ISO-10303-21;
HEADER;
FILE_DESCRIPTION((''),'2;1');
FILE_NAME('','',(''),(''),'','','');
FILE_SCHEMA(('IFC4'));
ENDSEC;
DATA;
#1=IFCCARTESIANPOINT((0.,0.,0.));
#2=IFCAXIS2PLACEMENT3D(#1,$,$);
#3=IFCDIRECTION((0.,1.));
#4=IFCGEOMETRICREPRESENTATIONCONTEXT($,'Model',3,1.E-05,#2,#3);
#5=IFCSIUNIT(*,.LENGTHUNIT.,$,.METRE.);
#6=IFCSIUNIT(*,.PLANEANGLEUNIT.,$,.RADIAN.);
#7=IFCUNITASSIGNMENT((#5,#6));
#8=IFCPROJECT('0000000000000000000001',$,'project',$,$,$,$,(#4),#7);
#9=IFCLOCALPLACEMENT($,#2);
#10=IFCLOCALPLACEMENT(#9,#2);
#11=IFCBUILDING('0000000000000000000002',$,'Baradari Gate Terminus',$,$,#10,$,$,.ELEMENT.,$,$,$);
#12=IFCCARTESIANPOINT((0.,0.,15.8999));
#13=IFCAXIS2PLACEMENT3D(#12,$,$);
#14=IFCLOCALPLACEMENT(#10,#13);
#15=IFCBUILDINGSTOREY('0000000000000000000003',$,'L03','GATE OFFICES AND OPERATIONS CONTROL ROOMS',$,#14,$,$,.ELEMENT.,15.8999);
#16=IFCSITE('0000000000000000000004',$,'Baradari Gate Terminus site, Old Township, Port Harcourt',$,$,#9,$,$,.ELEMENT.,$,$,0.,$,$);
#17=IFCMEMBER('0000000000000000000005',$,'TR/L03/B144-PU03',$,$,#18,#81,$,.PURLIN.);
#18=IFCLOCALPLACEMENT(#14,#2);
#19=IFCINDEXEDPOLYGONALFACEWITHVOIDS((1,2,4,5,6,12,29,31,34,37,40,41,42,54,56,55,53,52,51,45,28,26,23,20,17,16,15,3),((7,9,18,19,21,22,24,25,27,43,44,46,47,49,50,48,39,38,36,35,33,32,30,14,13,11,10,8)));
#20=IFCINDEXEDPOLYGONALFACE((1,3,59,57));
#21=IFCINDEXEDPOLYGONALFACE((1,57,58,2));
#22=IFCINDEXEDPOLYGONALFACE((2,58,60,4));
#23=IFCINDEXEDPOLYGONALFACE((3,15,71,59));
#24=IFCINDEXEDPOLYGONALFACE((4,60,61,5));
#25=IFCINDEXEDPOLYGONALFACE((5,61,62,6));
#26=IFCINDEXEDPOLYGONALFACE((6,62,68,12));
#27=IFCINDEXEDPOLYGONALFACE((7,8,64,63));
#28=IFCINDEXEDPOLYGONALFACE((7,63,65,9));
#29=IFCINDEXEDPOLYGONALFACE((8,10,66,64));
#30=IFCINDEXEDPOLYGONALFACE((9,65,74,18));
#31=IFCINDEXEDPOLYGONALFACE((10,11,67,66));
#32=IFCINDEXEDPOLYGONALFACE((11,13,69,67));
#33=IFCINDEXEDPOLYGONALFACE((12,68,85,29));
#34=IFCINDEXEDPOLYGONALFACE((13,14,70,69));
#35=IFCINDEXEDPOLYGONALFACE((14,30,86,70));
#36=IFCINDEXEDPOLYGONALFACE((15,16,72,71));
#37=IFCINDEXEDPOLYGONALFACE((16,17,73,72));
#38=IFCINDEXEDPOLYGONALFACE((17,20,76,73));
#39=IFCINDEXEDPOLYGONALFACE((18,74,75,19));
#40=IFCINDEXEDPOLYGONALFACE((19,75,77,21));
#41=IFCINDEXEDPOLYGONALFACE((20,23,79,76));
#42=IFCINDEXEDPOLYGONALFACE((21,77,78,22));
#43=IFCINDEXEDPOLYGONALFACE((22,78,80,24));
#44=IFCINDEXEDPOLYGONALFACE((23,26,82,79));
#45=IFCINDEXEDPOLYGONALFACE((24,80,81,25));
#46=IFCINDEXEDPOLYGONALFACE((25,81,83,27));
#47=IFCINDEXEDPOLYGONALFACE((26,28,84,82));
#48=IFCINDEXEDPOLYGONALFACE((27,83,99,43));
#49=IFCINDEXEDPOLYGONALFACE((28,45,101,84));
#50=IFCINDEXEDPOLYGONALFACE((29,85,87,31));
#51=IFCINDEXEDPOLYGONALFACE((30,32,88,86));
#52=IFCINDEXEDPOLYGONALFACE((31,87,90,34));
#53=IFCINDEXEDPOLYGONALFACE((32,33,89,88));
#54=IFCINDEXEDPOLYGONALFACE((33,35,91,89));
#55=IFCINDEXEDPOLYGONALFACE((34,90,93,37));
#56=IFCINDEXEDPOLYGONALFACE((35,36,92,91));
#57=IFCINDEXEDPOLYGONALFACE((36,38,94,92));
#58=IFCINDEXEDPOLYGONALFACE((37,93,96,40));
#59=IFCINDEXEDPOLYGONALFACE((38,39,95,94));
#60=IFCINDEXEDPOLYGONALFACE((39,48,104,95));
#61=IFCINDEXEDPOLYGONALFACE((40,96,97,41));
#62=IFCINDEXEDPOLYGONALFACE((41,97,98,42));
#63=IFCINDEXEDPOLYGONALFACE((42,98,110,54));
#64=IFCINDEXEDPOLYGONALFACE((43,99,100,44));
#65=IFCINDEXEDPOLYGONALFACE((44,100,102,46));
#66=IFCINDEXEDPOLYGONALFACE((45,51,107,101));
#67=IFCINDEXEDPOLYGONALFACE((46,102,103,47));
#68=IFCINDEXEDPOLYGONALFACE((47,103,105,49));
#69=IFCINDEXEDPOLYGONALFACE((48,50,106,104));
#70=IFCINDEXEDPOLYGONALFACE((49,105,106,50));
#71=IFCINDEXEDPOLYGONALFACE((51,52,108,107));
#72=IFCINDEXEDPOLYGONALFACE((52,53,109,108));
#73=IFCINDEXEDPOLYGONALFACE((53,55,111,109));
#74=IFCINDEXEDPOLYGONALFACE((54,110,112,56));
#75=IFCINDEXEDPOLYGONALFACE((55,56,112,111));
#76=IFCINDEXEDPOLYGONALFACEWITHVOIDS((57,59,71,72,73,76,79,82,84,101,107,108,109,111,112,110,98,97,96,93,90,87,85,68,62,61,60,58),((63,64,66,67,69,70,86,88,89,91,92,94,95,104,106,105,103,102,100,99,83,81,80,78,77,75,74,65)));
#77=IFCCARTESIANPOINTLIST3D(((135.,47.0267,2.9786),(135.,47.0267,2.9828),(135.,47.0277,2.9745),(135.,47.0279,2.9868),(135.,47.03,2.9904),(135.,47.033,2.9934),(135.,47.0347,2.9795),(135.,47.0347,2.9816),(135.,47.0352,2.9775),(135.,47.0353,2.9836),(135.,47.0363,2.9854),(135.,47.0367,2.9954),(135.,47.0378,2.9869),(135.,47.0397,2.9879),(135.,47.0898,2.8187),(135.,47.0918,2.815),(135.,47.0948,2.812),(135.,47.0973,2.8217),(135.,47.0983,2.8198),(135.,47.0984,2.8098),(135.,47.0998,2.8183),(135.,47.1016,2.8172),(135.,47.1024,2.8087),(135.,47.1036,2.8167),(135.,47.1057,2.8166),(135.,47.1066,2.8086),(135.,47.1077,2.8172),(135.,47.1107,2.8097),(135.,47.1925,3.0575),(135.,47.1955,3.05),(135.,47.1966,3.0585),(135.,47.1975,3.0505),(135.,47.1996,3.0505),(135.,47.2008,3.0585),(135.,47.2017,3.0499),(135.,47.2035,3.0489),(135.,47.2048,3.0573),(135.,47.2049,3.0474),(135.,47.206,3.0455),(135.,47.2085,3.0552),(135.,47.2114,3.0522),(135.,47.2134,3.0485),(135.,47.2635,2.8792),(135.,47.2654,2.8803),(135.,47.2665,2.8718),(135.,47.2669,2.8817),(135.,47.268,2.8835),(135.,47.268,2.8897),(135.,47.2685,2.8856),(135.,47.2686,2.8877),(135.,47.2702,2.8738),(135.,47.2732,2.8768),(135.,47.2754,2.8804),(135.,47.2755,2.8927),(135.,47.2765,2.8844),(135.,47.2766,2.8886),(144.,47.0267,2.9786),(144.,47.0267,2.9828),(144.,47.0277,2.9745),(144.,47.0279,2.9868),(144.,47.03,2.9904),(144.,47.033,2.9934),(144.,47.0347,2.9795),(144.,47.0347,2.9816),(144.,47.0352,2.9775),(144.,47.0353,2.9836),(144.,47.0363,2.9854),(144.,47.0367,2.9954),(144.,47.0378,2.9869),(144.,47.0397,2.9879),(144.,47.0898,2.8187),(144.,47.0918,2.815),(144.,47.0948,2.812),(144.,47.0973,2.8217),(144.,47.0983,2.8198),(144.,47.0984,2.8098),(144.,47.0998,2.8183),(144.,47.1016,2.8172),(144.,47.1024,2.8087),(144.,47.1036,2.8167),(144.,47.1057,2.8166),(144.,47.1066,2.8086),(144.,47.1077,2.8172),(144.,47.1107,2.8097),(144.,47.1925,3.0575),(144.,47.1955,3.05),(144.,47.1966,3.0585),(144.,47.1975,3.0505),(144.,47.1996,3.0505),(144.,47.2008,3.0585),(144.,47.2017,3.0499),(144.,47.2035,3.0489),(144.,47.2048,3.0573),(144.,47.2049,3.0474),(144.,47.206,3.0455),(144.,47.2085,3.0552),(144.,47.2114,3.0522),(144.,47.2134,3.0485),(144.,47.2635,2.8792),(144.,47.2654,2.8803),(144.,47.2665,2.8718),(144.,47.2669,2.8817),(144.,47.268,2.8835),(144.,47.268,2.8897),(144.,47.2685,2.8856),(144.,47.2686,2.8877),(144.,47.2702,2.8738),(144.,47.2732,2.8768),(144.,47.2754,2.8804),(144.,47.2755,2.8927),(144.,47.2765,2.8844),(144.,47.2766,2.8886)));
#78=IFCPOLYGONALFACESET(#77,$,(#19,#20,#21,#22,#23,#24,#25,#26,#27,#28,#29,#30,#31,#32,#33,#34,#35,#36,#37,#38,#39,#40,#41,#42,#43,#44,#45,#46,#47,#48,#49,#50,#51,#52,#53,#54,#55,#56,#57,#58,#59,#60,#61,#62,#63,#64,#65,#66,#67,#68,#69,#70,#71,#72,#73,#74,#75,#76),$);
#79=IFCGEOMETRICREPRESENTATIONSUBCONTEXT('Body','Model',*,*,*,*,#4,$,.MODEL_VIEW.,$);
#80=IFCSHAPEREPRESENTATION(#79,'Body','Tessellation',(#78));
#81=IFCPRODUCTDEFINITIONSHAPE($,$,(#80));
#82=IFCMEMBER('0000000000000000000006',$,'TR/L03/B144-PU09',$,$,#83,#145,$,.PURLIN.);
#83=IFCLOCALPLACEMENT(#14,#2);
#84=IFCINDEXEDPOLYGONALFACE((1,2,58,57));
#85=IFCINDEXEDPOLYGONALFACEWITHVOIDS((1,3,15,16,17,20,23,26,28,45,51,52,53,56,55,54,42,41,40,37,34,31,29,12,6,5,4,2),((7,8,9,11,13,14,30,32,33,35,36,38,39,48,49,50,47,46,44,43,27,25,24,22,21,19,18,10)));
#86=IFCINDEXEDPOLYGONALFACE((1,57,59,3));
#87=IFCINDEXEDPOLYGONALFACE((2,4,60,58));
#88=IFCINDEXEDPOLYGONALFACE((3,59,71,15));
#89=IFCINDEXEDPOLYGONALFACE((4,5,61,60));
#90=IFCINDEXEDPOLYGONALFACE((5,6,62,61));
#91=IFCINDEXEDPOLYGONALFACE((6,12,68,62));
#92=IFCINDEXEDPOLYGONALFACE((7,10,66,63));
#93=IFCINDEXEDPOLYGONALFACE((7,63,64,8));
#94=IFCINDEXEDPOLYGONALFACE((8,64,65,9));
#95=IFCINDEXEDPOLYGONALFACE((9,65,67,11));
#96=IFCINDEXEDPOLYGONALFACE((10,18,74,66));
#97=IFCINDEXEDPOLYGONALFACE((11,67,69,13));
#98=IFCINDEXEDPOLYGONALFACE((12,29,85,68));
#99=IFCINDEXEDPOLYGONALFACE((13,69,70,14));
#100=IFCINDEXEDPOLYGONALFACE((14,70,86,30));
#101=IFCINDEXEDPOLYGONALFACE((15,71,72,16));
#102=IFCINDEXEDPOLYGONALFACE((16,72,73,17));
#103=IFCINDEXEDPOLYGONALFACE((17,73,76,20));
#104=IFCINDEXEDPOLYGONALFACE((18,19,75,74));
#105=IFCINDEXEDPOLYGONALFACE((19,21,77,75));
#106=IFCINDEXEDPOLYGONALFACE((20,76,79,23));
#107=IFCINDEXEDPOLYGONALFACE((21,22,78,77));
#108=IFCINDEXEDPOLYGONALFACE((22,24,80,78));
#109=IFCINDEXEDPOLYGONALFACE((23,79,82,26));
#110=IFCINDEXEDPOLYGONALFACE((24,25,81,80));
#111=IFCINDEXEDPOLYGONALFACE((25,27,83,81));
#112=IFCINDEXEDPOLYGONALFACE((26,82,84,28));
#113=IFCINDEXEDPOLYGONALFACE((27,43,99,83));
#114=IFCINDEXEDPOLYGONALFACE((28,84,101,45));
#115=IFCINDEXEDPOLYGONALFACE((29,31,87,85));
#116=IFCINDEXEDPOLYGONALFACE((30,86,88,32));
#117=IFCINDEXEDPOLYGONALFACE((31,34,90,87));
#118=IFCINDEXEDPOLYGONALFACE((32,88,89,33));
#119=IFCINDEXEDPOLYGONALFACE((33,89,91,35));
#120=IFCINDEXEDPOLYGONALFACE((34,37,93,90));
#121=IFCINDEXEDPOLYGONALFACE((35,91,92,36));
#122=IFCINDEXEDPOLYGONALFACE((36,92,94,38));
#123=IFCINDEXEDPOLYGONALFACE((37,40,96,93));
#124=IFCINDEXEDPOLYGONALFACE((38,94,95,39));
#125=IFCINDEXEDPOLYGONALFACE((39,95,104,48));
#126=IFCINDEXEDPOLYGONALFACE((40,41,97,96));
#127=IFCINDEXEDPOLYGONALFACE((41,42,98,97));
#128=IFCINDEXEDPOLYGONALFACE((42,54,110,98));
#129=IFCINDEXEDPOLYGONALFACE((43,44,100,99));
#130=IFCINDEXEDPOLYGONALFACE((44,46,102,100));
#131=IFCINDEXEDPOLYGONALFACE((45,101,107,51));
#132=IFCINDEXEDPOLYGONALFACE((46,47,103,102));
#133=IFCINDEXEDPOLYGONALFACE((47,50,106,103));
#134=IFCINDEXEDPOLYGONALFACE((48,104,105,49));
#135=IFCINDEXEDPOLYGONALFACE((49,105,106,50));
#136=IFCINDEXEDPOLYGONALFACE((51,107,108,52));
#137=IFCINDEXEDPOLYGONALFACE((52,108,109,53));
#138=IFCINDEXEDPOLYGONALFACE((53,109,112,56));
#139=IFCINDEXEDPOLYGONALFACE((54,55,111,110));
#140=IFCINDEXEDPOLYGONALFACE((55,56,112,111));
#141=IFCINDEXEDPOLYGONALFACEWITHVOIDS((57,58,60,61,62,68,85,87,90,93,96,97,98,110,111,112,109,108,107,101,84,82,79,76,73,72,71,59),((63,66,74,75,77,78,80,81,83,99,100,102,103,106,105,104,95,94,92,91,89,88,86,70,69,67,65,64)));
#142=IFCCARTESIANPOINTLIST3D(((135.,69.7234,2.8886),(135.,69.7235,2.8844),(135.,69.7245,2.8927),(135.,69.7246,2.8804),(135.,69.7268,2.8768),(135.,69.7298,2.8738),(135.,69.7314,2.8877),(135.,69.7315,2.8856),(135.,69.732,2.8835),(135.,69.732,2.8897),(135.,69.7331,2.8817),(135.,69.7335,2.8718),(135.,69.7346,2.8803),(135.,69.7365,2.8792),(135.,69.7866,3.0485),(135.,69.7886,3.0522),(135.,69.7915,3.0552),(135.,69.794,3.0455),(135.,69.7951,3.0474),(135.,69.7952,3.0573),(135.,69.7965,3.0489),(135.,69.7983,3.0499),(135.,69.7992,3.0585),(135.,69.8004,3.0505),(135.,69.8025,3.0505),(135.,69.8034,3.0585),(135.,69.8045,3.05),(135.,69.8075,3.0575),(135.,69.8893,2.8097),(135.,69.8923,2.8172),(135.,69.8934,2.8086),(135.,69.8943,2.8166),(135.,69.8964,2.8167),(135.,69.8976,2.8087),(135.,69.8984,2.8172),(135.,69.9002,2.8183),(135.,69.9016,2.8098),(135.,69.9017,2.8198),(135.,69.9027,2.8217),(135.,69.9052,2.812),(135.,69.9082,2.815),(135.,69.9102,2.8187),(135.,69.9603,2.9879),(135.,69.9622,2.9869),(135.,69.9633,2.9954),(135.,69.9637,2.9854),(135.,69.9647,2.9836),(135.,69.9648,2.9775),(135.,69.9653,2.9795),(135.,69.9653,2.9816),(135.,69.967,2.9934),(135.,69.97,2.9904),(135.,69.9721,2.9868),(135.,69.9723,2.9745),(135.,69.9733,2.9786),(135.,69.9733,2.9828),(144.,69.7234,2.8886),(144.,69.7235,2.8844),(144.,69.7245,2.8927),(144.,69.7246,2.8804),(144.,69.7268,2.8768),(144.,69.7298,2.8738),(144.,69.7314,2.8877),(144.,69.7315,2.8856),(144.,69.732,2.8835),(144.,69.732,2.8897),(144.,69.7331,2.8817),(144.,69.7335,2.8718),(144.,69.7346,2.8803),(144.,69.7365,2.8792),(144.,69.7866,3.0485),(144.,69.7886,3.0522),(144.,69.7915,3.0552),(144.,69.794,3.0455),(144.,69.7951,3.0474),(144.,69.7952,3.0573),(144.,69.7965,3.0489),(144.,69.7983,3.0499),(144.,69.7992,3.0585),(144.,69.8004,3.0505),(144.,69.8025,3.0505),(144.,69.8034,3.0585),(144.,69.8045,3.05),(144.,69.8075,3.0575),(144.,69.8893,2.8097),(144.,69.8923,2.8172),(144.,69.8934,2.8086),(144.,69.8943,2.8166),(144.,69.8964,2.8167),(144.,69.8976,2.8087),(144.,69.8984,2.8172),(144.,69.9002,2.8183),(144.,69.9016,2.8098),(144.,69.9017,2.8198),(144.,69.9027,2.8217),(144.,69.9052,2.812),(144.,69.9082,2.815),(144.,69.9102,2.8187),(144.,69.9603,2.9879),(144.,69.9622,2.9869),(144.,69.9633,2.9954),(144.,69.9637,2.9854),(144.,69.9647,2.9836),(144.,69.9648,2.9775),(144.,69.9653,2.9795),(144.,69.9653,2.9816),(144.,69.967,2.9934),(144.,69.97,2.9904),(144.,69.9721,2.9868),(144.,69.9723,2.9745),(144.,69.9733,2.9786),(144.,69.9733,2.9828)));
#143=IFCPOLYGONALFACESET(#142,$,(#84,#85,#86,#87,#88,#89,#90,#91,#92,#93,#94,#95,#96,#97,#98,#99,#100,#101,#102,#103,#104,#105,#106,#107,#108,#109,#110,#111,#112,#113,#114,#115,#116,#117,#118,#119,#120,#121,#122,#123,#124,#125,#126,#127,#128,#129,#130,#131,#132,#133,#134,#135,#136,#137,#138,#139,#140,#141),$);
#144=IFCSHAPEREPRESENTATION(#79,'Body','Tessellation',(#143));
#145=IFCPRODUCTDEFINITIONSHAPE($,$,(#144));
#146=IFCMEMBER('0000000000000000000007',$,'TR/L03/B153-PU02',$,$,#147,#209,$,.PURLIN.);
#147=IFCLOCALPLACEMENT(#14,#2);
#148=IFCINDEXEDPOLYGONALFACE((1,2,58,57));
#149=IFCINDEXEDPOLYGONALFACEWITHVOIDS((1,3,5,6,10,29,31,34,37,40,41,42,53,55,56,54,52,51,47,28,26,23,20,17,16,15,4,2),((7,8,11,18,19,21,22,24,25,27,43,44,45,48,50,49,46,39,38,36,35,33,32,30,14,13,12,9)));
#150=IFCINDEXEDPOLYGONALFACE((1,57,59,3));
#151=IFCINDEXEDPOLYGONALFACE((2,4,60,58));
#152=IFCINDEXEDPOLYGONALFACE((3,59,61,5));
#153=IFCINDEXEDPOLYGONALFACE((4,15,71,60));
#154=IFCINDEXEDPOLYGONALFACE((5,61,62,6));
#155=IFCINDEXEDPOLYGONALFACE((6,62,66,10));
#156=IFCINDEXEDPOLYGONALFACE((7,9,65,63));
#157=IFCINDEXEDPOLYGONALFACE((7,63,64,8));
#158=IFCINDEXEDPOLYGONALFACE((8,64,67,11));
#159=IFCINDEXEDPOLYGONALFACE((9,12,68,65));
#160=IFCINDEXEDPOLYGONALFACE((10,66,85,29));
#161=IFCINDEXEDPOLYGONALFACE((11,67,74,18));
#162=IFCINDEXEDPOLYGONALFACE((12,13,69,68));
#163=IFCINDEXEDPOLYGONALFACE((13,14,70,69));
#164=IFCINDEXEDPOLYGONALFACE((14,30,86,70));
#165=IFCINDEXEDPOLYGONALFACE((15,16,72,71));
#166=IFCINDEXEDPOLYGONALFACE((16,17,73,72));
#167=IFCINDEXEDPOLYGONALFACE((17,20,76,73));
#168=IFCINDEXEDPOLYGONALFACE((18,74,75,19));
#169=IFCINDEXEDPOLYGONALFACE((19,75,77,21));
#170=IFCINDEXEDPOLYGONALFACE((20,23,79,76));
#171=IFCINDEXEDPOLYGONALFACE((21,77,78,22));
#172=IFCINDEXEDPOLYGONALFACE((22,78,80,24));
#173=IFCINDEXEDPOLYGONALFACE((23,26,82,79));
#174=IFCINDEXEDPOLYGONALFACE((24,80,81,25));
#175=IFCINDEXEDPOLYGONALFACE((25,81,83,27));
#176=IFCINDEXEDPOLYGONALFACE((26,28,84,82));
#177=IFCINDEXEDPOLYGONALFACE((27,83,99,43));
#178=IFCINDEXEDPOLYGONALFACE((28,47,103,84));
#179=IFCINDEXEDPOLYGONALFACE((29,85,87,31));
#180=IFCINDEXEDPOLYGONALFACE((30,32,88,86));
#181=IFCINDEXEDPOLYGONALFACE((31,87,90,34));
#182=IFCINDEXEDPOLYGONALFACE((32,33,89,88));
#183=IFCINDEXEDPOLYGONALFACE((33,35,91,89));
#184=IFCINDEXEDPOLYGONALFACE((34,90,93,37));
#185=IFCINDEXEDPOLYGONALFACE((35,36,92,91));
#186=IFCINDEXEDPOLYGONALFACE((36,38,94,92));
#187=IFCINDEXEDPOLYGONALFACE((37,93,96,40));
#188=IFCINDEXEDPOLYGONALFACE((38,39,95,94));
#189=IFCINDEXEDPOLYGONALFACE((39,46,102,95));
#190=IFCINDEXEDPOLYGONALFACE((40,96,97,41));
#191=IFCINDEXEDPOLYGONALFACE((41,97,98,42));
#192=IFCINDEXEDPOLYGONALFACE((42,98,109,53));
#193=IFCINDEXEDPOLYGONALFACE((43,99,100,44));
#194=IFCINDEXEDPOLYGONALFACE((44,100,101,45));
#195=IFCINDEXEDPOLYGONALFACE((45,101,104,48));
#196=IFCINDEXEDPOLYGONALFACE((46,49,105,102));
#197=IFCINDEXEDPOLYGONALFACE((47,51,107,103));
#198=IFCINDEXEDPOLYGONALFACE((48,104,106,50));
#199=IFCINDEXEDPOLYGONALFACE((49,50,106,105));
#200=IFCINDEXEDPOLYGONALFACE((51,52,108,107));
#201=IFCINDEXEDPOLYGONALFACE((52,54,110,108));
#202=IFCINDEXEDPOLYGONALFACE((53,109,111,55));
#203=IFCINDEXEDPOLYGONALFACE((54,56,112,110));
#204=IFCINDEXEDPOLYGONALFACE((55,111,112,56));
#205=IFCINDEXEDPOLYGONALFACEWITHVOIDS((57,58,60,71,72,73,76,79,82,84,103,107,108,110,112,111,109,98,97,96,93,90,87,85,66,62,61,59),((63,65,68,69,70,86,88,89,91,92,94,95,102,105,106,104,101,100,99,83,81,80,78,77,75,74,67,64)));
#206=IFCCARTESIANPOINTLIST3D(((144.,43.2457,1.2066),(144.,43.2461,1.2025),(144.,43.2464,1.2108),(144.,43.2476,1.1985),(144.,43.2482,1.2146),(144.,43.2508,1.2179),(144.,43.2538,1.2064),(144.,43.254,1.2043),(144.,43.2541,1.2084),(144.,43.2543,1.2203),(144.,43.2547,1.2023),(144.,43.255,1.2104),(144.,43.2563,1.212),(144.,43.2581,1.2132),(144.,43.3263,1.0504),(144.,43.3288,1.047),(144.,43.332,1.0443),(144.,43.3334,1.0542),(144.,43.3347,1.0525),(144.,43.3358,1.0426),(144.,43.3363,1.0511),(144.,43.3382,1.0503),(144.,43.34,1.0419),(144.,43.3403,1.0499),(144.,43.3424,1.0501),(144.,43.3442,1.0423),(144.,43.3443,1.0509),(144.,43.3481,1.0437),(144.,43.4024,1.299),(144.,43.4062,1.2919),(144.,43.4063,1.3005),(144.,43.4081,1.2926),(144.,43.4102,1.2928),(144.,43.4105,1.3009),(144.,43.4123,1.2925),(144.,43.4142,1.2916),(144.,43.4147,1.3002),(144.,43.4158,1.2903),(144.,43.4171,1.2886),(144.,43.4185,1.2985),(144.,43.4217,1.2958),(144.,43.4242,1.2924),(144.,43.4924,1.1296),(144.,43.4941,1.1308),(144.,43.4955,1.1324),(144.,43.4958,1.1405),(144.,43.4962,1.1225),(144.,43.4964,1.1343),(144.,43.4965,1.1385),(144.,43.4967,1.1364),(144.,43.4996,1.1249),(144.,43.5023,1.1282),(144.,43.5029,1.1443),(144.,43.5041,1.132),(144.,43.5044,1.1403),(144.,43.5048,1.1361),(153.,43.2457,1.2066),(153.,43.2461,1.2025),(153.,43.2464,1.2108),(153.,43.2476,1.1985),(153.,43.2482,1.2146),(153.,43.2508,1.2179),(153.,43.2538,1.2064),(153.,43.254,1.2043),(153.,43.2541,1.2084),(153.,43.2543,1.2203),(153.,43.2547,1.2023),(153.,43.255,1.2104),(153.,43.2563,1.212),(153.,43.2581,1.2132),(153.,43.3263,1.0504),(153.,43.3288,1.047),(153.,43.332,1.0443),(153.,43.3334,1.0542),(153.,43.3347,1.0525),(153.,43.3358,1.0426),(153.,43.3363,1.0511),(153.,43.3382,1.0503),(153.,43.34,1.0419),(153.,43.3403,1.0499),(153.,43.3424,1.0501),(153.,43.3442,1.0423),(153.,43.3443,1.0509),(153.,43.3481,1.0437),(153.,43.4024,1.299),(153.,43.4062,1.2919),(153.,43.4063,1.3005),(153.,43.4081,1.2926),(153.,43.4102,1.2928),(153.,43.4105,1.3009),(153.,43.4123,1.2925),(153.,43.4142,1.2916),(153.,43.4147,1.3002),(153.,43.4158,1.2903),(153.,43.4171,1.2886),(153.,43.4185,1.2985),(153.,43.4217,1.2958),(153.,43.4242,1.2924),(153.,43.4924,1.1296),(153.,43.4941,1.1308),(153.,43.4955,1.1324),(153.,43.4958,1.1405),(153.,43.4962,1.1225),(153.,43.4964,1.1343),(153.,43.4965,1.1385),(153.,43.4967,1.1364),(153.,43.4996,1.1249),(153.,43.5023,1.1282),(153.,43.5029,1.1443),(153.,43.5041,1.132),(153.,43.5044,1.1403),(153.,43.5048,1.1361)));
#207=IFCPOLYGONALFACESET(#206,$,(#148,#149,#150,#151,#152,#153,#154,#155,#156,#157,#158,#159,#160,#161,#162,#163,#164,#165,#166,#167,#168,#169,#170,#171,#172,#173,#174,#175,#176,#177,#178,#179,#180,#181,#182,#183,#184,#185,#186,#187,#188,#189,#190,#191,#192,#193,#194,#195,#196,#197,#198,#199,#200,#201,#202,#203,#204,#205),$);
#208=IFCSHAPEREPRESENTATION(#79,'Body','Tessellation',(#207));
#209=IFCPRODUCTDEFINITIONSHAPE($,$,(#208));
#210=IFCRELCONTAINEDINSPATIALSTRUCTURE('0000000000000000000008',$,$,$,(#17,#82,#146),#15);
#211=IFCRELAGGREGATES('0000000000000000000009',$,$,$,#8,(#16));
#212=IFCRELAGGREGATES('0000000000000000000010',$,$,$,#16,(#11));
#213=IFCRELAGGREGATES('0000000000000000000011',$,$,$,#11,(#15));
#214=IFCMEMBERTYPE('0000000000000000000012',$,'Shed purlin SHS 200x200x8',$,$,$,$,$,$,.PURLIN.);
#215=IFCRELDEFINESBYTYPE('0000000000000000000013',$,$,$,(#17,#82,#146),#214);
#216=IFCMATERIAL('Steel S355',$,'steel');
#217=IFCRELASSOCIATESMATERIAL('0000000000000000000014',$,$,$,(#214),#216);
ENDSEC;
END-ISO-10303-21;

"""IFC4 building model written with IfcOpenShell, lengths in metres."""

from ifc_helpers import new_model, si_unit, direction, frame, origin, origin_2d, place, context, subcontext, project, spatial, hollow_rectangle, extrude, material, material_profile, profile_set, type_object, element, save


model = new_model("IFC4")

# Units and contexts
model_context = context("Model", 3, precision=1e-05, world=origin(), true_north=direction((0.0, 1.0)))
body_context = subcontext(model_context, "Body", "Model", "MODEL_VIEW")
ifc_project = project(units=[si_unit("LENGTHUNIT", "METRE"), si_unit("PLANEANGLEUNIT", "RADIAN")], contexts=[model_context])

# Site, building, storey
site_placement = place(None, origin())
site = spatial("IfcSite", under=ifc_project, at=site_placement, Name="Baradari Gate Terminus site, Old Township, Port Harcourt", CompositionType="ELEMENT", RefElevation=0.0)
building_placement = place(site_placement, origin())
building = spatial("IfcBuilding", under=site, at=building_placement, Name="Baradari Gate Terminus", CompositionType="ELEMENT")
storey_placement = place(building_placement, frame((0.0, 0.0, 15.8999)))
storey = spatial("IfcBuildingStorey", under=building, at=storey_placement, Name="L03", Description="GATE OFFICES AND OPERATIONS CONTROL ROOMS", CompositionType="ELEMENT", Elevation=15.8999)

# Members
ifc_material_1 = material(Name="Steel S355", Category="steel")
ifc_material_profile_1 = material_profile(ifc_material_1, hollow_rectangle(XDim=0.2, YDim=0.2, WallThickness=0.0081, InnerFilletRadius=0.0081, OuterFilletRadius=0.0161, at=origin_2d()), Name="SHS 200x200x8")
ifc_profile_set_1 = profile_set([ifc_material_profile_1], Name="Steel S355")
member_type_1 = type_object("IfcMemberType", Name="Shed purlin SHS 200x200x8", PredefinedType="PURLIN", material=ifc_profile_set_1)
for number, where, z_axis, x_axis, name in (
    (1, (135.0, 47.1516, 2.9336), (1.0, 0.0, 0.0), (0.0, 0.928965, 0.370167), "TR/L03/B144-PU03"),
    (2, (135.0, 69.8484, 2.9336), (1.0, 0.0, 0.0), (0.0, 0.928965, -0.370167), "TR/L03/B144-PU09"),
    (3, (144.0, 43.3752, 1.1714), (1.0, 0.0, 0.0), (0.0, 0.883027, 0.469322), "TR/L03/B153-PU02"),
):
    element("IfcMember", number, at=place(storey_placement, frame(where, z_axis=z_axis, x_axis=x_axis)), inside=storey, type_object=member_type_1, Name=name, PredefinedType="PURLIN", context=body_context, shape_type="SweptSolid", body=[
        extrude(hollow_rectangle(XDim=0.2, YDim=0.2, WallThickness=0.0081, InnerFilletRadius=0.0081, OuterFilletRadius=0.0161, at=origin_2d()), origin(), (0.0, 0.0, 1.0), 9.0),
    ])

save(model, "model.ifc")
